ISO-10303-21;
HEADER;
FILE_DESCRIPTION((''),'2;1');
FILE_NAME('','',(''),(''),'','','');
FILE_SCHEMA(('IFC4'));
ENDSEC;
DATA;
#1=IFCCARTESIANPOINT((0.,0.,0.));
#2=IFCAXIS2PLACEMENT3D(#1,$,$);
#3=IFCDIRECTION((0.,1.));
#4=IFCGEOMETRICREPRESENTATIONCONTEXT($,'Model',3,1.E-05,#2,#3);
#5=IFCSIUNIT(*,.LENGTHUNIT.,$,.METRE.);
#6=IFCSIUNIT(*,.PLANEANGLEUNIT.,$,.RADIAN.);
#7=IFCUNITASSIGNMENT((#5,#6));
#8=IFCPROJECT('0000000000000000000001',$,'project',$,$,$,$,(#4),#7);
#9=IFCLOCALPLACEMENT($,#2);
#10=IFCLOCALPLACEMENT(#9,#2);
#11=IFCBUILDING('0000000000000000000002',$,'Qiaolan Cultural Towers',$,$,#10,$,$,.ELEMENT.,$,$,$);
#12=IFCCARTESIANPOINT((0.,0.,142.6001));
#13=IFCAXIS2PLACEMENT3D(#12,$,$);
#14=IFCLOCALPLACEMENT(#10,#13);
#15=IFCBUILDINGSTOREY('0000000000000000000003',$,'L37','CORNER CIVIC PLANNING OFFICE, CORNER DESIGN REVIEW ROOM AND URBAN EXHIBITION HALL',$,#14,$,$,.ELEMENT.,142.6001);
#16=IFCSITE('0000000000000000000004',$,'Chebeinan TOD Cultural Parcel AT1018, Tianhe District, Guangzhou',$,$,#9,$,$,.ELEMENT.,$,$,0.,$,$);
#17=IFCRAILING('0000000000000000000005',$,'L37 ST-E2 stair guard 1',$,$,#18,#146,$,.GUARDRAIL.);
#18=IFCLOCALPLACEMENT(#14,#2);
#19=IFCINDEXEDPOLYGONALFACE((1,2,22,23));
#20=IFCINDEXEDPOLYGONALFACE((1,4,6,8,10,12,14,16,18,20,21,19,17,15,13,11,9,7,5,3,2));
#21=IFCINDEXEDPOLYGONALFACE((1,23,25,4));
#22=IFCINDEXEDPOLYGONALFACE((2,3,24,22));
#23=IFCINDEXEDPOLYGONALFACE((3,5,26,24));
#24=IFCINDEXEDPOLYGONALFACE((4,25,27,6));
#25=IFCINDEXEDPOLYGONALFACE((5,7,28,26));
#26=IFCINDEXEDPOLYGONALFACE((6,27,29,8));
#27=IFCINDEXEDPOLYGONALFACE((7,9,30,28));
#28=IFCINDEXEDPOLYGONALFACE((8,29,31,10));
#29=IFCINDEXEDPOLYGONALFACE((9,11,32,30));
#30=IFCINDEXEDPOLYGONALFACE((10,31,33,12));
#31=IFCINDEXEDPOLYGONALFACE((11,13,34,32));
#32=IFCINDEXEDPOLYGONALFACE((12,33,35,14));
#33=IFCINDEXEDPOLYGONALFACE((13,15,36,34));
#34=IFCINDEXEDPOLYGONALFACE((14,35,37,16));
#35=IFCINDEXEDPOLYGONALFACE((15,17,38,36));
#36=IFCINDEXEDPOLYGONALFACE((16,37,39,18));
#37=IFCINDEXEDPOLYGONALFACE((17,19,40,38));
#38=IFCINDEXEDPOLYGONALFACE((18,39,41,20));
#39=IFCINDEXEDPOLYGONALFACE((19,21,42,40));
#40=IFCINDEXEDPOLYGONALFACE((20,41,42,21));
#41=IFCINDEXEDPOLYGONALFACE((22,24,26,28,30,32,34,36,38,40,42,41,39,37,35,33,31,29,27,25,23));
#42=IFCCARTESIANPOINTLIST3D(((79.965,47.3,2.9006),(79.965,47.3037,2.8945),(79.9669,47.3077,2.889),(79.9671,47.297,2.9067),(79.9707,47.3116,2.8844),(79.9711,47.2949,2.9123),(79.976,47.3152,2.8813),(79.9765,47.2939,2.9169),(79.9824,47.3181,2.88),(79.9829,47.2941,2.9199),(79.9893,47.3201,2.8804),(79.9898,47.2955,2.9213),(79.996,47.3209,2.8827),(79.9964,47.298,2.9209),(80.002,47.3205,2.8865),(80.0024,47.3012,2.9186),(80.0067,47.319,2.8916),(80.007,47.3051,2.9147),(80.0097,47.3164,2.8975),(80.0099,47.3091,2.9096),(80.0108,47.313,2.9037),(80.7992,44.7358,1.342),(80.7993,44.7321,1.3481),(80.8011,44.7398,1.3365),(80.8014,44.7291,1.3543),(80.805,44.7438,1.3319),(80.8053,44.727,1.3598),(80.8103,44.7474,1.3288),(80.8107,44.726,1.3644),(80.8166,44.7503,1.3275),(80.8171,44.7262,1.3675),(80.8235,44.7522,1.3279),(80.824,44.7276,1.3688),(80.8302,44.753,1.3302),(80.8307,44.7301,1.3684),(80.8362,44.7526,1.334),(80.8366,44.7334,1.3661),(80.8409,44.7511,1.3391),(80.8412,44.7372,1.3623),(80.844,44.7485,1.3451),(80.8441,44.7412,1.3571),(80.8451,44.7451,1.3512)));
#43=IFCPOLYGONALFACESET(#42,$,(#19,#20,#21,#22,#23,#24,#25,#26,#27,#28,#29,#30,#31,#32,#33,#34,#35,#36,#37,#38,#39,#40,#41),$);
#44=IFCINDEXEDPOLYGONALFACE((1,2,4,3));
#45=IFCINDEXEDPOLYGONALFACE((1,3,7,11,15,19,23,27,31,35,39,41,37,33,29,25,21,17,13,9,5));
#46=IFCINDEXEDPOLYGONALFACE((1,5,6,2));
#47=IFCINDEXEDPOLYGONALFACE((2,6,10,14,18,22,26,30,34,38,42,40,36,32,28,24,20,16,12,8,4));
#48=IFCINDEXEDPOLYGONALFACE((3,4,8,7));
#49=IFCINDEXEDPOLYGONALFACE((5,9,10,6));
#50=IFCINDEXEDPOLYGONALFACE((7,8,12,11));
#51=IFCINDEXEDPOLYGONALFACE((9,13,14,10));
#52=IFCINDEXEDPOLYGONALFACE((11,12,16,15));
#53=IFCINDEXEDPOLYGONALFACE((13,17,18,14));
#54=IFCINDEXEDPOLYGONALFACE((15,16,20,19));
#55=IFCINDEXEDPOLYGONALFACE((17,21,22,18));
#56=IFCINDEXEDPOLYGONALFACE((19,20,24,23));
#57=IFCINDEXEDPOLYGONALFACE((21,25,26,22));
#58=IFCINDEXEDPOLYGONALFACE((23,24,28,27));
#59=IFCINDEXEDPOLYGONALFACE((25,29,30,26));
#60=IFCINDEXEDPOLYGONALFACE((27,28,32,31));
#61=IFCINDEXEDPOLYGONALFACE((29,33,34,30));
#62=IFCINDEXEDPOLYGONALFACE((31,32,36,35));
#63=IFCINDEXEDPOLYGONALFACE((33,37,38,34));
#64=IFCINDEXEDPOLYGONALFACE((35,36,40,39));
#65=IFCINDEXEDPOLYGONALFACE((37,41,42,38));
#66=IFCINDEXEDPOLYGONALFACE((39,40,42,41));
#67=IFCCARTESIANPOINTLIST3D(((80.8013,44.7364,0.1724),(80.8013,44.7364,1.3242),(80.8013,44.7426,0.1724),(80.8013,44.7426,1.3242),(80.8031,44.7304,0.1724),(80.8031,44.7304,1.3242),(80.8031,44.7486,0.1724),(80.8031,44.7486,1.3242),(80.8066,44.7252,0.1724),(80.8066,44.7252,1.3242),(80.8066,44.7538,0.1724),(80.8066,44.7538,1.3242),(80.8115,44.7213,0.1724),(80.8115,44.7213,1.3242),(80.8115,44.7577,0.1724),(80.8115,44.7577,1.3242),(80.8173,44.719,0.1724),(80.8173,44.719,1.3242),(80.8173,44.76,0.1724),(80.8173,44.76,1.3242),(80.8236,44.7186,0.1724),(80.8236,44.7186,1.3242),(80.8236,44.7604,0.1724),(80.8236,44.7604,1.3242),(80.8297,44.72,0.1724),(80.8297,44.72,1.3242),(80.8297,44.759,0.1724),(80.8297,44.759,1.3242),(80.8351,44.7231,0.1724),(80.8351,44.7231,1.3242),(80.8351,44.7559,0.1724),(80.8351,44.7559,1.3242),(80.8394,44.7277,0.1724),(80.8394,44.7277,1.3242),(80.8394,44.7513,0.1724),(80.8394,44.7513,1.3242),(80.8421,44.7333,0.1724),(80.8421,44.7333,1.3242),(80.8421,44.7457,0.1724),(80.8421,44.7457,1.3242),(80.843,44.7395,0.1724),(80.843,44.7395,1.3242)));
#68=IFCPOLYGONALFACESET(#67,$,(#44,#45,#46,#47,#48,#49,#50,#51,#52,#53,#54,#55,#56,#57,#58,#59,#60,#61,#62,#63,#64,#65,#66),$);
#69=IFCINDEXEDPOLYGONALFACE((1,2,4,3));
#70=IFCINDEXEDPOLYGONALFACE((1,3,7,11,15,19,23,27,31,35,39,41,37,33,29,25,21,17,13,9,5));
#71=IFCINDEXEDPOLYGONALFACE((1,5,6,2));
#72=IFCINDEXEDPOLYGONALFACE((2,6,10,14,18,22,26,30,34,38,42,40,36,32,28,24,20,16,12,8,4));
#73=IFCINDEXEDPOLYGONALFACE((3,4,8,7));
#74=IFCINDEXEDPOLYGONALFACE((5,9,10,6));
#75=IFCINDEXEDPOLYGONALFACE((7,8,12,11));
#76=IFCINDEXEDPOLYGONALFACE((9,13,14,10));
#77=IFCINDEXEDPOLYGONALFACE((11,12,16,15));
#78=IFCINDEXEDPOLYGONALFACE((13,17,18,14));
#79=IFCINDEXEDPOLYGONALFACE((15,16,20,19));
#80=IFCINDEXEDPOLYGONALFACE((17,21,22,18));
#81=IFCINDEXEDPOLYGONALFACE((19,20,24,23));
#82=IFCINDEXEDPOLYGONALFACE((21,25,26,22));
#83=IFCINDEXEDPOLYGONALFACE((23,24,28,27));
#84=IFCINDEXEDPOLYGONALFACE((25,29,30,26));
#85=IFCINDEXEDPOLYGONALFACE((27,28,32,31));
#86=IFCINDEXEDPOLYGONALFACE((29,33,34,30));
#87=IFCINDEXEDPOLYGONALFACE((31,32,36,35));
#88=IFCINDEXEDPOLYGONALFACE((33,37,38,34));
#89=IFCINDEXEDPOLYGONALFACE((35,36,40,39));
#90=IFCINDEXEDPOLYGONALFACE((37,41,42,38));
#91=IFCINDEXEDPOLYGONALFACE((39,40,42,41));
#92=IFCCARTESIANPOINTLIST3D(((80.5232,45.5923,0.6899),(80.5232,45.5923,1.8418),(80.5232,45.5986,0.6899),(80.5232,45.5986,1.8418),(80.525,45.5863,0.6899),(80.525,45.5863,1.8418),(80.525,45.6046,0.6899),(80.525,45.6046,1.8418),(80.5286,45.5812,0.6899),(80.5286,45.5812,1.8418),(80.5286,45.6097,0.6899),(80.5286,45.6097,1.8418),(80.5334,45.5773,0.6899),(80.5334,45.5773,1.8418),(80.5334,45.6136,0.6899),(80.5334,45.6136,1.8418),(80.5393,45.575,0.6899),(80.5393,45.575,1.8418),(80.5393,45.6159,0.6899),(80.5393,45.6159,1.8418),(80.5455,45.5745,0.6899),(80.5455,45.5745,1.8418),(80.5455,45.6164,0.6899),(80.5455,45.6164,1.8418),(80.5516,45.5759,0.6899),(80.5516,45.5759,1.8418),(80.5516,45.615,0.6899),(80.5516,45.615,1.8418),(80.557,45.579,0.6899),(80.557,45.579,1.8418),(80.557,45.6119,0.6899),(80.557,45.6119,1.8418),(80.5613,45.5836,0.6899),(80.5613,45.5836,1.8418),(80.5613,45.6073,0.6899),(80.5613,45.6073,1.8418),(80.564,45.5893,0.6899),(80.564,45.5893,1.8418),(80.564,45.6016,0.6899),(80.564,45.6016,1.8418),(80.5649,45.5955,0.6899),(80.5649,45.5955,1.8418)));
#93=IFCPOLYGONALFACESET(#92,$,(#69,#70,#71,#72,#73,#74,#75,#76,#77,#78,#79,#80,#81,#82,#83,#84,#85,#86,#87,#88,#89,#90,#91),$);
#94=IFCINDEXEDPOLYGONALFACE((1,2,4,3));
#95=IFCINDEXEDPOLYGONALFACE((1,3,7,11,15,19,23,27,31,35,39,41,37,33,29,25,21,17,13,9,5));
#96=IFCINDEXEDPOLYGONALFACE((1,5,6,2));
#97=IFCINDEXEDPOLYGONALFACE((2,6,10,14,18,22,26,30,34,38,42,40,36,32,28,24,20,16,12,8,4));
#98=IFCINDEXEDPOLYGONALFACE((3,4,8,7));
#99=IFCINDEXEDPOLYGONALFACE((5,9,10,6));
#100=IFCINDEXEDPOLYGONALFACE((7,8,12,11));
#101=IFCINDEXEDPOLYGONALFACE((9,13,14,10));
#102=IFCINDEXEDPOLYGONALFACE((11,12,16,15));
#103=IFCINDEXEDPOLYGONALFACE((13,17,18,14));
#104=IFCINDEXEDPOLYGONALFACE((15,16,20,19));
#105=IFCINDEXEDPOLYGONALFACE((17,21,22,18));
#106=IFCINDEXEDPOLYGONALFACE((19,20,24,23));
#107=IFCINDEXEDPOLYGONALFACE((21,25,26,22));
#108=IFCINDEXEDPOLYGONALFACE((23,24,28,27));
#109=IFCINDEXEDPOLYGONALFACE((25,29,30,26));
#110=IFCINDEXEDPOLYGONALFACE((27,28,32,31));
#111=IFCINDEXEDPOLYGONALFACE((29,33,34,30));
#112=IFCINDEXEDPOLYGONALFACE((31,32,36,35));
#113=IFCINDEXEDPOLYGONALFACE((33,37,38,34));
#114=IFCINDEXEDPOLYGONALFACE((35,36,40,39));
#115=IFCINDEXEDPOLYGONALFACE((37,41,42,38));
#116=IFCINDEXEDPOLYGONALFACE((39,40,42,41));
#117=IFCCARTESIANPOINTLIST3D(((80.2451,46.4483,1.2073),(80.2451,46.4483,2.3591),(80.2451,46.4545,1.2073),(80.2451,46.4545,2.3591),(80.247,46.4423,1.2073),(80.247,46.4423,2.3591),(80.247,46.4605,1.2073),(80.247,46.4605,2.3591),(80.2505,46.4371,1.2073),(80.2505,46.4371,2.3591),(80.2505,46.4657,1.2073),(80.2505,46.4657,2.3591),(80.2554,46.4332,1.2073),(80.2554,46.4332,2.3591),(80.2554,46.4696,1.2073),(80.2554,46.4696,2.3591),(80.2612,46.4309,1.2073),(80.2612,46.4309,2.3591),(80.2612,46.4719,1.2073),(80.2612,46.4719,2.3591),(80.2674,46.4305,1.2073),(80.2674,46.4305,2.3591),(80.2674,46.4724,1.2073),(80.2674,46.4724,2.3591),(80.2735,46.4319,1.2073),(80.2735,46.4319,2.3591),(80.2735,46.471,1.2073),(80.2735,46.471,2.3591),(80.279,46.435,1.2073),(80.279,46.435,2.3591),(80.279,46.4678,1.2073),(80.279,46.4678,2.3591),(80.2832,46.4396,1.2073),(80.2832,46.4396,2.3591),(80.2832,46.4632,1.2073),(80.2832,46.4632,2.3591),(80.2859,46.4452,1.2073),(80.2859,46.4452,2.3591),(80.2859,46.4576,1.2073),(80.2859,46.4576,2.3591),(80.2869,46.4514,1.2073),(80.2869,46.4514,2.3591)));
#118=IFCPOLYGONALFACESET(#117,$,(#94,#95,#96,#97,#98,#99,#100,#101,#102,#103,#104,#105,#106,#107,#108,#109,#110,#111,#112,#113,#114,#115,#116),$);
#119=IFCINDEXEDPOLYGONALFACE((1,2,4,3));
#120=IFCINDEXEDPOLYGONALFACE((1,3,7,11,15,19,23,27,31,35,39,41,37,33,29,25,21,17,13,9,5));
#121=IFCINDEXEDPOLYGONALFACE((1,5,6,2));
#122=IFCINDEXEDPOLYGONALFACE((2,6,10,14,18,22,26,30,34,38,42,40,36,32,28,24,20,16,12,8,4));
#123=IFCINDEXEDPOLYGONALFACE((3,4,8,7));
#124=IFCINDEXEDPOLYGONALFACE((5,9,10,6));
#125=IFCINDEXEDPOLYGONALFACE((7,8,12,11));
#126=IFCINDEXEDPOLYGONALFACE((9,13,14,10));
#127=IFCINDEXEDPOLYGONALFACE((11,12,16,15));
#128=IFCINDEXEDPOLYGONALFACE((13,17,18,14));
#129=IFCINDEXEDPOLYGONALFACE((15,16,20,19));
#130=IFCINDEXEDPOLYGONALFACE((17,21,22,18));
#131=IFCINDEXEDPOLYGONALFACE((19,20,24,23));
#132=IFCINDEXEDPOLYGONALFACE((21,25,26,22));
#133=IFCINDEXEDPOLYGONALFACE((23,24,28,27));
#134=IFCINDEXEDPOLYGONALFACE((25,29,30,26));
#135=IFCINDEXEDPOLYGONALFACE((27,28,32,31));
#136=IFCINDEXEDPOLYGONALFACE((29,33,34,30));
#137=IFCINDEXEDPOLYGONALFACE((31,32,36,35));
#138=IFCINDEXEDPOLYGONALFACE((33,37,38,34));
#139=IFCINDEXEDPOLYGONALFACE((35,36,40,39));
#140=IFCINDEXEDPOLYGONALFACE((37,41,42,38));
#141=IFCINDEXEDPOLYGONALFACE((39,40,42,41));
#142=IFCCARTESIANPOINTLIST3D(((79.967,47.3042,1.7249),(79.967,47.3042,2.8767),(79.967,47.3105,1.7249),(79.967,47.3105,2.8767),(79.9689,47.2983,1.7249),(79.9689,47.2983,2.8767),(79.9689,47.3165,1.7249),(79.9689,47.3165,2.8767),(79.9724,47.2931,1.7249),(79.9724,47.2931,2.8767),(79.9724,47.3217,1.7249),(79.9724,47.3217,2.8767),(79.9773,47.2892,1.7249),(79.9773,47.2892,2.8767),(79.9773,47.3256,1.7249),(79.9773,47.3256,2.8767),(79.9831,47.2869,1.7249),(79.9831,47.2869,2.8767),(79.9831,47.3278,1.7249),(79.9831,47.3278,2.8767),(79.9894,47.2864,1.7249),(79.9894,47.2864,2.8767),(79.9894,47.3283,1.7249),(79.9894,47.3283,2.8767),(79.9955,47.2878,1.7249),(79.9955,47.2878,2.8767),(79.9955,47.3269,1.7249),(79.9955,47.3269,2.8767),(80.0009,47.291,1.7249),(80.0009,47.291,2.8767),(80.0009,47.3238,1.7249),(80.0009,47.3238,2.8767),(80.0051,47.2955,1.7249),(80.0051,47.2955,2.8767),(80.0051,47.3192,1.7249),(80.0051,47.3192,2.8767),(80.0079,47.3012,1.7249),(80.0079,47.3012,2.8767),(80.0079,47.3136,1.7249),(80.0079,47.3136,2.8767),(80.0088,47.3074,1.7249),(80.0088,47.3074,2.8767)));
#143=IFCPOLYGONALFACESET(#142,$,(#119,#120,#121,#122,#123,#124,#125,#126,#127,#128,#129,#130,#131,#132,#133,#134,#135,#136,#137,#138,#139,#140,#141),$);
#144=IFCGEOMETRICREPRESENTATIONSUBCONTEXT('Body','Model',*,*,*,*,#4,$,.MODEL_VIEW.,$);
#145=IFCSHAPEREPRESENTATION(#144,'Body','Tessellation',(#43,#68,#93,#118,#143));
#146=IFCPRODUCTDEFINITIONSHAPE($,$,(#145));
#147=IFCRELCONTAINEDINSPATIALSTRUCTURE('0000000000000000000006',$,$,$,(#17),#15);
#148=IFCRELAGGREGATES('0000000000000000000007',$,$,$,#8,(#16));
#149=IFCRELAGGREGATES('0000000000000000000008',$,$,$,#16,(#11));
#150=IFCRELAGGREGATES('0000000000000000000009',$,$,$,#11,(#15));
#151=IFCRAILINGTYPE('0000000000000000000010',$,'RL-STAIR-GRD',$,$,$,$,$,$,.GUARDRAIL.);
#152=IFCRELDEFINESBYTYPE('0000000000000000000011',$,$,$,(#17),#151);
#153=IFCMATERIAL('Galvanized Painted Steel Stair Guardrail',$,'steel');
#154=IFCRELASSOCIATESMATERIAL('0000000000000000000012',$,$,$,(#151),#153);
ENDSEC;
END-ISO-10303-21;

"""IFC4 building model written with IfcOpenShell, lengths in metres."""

from ifc_helpers import new_model, si_unit, direction, frame, origin, origin_2d, place, context, subcontext, project, spatial, circle, extrude, material, type_object, element, save


model = new_model("IFC4")

# Units and contexts
model_context = context("Model", 3, precision=1e-05, world=origin(), true_north=direction((0.0, 1.0)))
body_context = subcontext(model_context, "Body", "Model", "MODEL_VIEW")
ifc_project = project(units=[si_unit("LENGTHUNIT", "METRE"), si_unit("PLANEANGLEUNIT", "RADIAN")], contexts=[model_context])

# Site, building, storey
site_placement = place(None, origin())
site = spatial("IfcSite", under=ifc_project, at=site_placement, Name="Chebeinan TOD Cultural Parcel AT1018, Tianhe District, Guangzhou", CompositionType="ELEMENT", RefElevation=0.0)
building_placement = place(site_placement, origin())
building = spatial("IfcBuilding", under=site, at=building_placement, Name="Qiaolan Cultural Towers", CompositionType="ELEMENT")
storey_placement = place(building_placement, frame((0.0, 0.0, 142.6001)))
storey = spatial("IfcBuildingStorey", under=building, at=storey_placement, Name="L37", Description="CORNER CIVIC PLANNING OFFICE, CORNER DESIGN REVIEW ROOM AND URBAN EXHIBITION HALL", CompositionType="ELEMENT", Elevation=142.6001)

# Railing
ifc_material_1 = material(Name="Galvanized Painted Steel Stair Guardrail", Category="steel")
railing_type_1 = type_object("IfcRailingType", Name="RL-STAIR-GRD", PredefinedType="GUARDRAIL", material=ifc_material_1)
railing_1_placement = place(storey_placement, frame((80.822, 44.7395, 0.1724)))
element("IfcRailing", 1, at=railing_1_placement, inside=storey, type_object=railing_type_1, Name="L37 ST-E2 stair guard 1", PredefinedType="GUARDRAIL", context=body_context, shape_type="SweptSolid", body=[
    extrude(circle(Radius=0.0239, at=origin_2d()), frame((0.0, 0.0, 1.1758), z_axis=(-0.267853, 0.824488, 0.498471), x_axis=(-0.95107, -0.308976, 0.0)), (0.0, 0.0, 1.0), 3.1145),
    extrude(circle(Radius=0.021, at=origin_2d()), origin(), (0.0, 0.0, 1.0), 1.1519),
    extrude(circle(Radius=0.021, at=origin_2d()), frame((-0.2781, 0.856, 0.5176)), (0.0, 0.0, 1.0), 1.1519),
    extrude(circle(Radius=0.021, at=origin_2d()), frame((-0.5562, 1.7119, 1.0349)), (0.0, 0.0, 1.0), 1.1519),
    extrude(circle(Radius=0.021, at=origin_2d()), frame((-0.8342, 2.5679, 1.5525)), (0.0, 0.0, 1.0), 1.1519),
])

save(model, "model.ifc")
